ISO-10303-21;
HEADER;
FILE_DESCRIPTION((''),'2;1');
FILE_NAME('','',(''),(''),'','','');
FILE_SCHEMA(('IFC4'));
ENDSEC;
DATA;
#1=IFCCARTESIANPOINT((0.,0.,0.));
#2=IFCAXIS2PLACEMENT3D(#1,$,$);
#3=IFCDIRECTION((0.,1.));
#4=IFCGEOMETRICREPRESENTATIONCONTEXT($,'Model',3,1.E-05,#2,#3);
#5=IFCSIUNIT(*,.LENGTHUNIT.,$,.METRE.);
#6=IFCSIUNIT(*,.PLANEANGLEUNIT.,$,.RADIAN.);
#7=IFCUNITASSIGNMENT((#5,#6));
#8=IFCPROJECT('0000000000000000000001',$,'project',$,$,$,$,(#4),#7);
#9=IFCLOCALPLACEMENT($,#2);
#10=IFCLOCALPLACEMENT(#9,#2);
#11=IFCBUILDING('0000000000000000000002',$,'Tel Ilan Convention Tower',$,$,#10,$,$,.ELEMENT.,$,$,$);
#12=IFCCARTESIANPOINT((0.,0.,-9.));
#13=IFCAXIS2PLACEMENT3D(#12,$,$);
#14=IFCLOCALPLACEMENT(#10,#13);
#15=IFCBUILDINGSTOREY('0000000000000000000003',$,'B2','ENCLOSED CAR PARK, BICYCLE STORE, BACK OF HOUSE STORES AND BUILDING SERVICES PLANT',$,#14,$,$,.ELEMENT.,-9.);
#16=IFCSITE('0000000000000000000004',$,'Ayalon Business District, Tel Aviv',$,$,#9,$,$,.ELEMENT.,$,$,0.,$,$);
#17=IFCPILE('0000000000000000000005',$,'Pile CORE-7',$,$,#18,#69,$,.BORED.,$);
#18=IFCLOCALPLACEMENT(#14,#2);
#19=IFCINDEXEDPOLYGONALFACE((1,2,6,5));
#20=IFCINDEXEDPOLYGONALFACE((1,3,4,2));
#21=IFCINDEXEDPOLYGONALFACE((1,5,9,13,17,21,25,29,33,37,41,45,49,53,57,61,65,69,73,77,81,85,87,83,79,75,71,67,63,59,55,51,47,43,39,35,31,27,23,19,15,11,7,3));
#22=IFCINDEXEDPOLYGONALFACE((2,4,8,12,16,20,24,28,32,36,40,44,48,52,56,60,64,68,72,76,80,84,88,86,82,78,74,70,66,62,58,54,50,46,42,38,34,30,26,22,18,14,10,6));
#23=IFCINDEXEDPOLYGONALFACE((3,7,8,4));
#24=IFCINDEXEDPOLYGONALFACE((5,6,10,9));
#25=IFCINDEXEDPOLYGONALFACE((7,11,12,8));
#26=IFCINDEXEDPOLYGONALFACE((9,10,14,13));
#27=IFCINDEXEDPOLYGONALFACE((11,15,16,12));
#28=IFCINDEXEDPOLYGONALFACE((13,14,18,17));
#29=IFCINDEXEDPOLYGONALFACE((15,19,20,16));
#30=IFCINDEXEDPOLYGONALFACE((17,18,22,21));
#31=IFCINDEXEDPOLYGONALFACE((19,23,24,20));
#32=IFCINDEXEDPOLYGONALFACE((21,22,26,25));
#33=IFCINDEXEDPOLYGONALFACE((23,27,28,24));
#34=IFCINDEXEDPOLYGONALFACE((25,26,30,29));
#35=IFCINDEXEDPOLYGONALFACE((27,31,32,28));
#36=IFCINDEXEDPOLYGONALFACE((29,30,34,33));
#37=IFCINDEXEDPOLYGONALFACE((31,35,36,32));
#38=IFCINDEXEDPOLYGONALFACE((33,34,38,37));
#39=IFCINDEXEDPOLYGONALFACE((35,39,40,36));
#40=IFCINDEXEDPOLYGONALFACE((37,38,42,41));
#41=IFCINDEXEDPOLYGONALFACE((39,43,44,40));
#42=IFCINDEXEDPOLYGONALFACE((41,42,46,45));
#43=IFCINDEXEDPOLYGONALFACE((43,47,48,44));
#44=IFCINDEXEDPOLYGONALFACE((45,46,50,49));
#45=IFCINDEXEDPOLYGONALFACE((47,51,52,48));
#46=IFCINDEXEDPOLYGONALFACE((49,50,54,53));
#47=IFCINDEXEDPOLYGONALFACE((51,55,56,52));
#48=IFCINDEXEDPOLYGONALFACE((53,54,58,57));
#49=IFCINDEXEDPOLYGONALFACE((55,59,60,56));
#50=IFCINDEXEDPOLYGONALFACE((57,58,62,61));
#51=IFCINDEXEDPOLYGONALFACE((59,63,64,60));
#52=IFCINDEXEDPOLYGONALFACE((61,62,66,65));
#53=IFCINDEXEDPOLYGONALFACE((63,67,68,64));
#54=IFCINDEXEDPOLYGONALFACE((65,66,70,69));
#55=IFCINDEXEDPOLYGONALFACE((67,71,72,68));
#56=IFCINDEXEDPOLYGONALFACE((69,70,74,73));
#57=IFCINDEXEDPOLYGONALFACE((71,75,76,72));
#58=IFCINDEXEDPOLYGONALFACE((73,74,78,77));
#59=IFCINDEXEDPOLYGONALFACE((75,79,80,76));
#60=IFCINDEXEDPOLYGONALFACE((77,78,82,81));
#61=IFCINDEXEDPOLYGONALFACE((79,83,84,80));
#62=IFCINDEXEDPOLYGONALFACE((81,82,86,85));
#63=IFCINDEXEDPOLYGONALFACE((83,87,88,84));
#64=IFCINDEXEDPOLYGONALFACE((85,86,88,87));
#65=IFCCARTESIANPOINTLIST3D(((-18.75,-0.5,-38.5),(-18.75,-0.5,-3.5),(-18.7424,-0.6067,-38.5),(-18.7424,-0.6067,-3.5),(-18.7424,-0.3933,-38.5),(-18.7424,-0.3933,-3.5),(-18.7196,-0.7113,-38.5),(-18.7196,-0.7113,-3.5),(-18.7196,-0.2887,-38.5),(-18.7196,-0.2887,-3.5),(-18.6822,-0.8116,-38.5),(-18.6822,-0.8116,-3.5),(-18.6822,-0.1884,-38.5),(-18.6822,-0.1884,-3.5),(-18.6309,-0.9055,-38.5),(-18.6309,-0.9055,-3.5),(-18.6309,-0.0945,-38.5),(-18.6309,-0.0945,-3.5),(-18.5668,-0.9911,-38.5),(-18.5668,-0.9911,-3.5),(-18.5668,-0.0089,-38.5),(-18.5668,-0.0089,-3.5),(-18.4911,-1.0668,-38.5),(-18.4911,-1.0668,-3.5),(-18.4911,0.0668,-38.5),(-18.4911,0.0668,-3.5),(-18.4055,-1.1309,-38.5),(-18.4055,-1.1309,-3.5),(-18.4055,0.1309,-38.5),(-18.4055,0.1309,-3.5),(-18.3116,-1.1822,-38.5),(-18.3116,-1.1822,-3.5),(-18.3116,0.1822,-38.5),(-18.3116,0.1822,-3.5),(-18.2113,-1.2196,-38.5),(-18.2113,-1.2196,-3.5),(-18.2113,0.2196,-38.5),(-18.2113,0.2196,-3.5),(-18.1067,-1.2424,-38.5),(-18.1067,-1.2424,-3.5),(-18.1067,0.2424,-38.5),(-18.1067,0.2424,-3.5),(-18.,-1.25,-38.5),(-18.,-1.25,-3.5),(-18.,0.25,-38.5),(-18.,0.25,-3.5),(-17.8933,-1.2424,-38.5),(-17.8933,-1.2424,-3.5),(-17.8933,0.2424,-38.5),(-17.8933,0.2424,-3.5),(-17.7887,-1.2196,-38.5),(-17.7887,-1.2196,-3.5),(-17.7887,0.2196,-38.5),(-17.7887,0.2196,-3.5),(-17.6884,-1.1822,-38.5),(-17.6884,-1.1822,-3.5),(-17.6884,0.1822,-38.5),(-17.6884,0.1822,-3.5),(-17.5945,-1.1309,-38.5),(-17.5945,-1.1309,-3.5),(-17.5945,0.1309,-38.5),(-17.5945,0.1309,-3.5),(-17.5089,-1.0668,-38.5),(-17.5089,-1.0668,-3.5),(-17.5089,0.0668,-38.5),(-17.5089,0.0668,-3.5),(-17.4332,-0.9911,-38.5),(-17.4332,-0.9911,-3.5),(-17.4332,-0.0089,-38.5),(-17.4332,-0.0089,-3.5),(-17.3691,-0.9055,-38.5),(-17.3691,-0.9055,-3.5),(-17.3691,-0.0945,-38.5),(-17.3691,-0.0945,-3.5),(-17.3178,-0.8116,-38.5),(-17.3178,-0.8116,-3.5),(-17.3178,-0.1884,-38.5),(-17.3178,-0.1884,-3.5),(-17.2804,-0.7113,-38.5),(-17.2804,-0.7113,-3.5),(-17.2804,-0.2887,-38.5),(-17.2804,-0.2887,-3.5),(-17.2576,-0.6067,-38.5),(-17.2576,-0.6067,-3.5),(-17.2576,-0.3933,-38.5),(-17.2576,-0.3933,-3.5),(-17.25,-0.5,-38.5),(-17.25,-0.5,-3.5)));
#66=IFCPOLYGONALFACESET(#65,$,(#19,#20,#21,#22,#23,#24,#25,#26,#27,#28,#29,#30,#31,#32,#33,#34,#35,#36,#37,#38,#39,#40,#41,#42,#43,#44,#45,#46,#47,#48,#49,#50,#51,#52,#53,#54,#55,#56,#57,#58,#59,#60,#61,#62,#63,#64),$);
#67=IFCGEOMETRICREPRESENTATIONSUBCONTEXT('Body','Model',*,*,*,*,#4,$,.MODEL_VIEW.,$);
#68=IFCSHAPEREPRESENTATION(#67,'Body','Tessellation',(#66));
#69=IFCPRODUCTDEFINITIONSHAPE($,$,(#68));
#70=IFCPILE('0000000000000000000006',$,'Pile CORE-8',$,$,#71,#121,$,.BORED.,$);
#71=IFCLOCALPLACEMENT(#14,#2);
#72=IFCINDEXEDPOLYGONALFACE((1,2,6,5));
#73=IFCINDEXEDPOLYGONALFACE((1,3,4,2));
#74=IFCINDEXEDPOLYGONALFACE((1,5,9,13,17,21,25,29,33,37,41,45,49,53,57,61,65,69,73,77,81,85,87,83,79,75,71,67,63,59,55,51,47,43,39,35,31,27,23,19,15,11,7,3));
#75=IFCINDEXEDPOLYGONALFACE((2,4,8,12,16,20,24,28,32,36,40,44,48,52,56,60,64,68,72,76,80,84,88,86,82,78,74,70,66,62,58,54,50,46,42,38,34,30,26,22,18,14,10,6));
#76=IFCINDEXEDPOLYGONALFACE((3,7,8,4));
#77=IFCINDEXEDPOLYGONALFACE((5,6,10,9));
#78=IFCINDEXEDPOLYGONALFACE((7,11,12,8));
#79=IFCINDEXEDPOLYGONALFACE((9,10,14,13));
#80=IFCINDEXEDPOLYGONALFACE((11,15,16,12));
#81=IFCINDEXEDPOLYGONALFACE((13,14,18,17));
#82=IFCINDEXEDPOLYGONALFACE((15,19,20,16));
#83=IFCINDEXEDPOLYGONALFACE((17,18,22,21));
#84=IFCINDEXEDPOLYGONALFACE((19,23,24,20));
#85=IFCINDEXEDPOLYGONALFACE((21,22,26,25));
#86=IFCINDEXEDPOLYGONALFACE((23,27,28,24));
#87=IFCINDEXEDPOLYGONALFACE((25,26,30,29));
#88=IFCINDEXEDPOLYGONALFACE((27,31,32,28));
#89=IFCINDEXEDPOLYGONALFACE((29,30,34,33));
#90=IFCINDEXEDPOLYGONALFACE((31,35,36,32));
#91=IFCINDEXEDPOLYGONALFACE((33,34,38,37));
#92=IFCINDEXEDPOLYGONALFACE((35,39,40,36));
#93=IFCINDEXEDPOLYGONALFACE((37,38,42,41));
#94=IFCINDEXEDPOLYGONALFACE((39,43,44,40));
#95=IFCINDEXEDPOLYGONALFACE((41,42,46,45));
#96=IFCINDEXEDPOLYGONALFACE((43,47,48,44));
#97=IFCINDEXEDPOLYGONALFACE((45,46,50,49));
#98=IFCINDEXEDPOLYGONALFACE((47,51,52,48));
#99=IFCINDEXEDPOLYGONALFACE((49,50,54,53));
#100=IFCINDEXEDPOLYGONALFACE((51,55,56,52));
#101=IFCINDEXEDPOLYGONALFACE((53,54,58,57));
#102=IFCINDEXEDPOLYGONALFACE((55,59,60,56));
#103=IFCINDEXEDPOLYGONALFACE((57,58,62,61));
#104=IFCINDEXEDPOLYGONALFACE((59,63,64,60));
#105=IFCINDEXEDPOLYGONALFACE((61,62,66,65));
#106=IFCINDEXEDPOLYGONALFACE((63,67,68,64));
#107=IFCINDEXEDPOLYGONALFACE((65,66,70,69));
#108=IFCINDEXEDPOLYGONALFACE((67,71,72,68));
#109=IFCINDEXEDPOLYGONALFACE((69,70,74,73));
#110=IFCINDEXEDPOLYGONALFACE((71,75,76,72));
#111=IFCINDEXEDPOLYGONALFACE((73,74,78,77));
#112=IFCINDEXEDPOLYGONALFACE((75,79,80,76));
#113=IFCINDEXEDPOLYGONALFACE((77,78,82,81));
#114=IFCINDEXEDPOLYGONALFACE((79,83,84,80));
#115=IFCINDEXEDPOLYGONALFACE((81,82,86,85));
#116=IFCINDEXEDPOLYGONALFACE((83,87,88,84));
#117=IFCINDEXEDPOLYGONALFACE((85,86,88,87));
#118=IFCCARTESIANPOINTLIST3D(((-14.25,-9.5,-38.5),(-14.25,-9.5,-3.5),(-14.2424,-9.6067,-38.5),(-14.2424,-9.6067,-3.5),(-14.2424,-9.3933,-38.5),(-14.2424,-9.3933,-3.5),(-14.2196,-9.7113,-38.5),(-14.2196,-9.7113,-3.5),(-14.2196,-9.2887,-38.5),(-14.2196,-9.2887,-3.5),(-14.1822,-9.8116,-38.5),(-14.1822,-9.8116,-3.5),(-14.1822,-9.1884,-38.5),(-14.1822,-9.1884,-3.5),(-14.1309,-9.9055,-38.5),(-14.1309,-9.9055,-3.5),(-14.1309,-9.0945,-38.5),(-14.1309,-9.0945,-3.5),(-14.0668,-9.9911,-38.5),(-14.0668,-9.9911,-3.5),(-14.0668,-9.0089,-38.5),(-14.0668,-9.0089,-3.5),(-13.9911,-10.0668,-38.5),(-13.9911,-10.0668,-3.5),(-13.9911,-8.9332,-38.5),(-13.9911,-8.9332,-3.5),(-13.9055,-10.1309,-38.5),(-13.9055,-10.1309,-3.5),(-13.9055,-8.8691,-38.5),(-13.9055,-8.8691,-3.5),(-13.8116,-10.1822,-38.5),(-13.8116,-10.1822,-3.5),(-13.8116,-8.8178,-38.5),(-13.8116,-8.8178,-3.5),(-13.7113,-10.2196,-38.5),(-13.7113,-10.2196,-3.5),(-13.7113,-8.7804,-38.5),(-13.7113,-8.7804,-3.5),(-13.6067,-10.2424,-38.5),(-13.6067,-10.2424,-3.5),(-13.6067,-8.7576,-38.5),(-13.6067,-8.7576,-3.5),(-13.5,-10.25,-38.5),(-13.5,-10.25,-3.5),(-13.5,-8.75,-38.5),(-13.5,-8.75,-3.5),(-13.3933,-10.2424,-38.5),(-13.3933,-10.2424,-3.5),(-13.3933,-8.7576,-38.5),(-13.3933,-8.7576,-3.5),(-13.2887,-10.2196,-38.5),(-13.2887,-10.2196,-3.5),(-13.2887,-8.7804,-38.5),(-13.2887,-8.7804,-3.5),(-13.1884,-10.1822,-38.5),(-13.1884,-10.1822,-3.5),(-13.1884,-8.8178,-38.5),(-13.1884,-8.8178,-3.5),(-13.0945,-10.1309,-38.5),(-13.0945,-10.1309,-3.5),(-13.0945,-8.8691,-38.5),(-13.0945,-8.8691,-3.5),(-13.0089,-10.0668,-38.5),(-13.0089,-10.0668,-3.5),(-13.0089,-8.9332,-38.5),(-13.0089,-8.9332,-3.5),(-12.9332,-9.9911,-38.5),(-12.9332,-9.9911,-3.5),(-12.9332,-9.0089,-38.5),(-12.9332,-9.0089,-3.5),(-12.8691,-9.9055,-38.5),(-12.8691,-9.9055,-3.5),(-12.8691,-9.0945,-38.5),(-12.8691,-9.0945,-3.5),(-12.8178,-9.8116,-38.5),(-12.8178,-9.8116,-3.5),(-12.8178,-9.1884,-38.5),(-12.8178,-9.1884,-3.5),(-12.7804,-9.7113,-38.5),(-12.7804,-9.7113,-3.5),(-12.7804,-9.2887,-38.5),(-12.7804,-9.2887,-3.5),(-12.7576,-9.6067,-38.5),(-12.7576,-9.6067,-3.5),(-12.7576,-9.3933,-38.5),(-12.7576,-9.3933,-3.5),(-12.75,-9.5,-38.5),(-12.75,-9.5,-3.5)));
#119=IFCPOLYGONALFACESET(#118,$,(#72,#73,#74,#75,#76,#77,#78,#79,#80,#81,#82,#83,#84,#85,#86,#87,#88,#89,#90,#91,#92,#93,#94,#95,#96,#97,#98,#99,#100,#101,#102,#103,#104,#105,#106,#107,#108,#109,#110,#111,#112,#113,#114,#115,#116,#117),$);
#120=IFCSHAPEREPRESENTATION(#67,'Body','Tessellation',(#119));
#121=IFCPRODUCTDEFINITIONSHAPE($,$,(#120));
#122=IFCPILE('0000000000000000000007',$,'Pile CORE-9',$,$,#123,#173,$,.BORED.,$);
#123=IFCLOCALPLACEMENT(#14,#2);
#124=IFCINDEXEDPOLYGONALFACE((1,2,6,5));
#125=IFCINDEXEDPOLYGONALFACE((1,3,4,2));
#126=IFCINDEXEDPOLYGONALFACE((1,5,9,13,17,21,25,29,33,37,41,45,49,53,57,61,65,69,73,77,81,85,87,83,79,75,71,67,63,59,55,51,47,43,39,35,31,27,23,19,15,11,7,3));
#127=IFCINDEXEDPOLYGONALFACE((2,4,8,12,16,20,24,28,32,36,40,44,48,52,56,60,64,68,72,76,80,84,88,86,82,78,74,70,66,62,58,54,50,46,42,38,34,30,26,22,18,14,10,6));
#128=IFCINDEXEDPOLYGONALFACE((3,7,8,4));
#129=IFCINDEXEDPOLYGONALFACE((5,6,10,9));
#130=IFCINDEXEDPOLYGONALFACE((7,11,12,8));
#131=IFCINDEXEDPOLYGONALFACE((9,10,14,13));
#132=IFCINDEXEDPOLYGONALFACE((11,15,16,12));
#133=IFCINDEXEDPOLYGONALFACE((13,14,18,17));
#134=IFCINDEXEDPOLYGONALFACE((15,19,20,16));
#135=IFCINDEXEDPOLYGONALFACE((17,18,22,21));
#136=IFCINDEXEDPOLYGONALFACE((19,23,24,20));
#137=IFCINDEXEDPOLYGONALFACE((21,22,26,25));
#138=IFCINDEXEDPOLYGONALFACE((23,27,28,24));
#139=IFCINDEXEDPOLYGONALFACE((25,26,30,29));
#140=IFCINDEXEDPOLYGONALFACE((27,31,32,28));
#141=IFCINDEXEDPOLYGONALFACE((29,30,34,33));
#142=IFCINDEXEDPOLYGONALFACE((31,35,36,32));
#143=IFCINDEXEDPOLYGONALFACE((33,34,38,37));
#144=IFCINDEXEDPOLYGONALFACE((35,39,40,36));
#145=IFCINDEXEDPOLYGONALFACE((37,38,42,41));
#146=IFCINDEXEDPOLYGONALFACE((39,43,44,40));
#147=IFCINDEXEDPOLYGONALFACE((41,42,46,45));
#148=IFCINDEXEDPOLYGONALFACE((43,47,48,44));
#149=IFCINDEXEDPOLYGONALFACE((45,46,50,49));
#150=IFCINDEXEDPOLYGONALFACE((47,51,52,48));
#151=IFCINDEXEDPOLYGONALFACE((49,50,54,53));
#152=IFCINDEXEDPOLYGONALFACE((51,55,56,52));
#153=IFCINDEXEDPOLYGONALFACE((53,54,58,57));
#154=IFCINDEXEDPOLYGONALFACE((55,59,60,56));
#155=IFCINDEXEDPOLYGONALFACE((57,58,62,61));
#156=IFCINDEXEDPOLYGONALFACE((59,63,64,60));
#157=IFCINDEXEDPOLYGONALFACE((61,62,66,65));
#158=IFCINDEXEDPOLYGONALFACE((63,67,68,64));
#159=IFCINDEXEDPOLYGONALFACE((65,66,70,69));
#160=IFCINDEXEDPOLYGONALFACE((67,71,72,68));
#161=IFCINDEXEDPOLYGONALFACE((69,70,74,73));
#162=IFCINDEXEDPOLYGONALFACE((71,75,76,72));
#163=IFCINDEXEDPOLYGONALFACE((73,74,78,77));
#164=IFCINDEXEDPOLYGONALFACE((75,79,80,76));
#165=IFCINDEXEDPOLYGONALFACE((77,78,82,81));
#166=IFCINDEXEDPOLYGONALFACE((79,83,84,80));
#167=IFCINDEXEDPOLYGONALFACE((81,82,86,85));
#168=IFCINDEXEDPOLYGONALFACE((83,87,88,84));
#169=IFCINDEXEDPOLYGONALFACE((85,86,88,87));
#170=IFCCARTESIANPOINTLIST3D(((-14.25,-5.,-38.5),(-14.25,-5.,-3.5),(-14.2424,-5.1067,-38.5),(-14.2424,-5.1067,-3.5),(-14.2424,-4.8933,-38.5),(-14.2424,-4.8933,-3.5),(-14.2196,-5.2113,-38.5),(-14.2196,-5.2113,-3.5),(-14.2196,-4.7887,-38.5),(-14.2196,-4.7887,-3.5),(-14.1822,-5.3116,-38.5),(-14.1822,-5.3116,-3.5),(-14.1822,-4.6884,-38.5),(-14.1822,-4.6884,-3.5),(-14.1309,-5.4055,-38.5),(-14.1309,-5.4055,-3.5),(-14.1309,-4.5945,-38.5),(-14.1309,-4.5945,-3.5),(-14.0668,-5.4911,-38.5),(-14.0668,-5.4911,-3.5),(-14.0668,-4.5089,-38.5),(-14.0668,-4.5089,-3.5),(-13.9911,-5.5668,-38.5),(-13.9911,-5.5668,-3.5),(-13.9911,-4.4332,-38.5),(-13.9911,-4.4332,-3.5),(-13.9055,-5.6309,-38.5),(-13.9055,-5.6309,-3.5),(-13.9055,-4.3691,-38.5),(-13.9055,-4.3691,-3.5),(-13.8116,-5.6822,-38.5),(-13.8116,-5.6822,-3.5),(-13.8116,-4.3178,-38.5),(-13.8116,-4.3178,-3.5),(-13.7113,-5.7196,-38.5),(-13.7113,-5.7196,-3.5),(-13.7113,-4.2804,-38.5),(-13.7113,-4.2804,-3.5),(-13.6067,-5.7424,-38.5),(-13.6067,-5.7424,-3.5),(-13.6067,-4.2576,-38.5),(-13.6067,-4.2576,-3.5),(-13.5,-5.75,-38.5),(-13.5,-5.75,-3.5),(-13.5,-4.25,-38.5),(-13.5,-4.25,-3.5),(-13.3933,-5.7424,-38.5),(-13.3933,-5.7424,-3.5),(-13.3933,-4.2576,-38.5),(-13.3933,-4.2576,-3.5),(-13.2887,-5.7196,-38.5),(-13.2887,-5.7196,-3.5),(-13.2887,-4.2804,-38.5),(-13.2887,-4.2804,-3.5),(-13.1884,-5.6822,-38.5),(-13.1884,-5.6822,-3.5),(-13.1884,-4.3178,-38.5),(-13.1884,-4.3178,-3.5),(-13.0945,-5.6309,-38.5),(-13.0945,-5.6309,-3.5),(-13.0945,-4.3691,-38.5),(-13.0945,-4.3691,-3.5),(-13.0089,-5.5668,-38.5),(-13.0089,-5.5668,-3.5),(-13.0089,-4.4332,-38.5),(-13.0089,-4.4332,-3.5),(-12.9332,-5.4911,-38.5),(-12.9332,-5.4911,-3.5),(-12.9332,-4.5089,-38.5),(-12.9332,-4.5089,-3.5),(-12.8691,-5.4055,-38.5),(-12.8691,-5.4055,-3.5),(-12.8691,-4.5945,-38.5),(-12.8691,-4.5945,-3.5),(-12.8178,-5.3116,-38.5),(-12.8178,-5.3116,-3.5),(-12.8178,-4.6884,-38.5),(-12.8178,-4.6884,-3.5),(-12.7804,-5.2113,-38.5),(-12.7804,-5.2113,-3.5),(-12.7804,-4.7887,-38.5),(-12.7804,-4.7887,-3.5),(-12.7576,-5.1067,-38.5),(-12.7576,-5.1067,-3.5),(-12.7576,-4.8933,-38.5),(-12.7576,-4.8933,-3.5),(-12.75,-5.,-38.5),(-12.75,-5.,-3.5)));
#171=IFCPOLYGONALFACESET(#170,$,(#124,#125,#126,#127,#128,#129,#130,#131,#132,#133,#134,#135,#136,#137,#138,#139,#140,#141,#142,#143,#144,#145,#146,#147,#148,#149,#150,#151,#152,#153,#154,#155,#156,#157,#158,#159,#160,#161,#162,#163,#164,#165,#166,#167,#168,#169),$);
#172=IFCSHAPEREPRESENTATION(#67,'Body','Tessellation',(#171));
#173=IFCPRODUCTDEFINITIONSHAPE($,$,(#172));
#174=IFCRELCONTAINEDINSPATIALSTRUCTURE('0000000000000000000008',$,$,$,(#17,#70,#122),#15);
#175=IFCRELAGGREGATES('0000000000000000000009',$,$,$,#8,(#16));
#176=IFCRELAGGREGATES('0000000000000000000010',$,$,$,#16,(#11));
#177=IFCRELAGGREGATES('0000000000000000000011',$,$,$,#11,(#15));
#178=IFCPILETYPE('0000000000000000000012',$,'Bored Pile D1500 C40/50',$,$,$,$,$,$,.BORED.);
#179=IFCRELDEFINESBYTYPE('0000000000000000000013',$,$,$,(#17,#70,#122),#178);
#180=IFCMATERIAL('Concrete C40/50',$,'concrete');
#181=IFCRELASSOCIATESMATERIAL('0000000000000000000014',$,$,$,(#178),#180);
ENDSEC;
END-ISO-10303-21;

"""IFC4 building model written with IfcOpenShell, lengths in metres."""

from ifc_helpers import new_model, si_unit, direction, frame, origin, origin_2d, place, context, subcontext, project, spatial, circle, extrude, material, material_profile, profile_set, type_object, element, save


model = new_model("IFC4")

# Units and contexts
model_context = context("Model", 3, precision=1e-05, world=origin(), true_north=direction((0.0, 1.0)))
body_context = subcontext(model_context, "Body", "Model", "MODEL_VIEW")
ifc_project = project(units=[si_unit("LENGTHUNIT", "METRE"), si_unit("PLANEANGLEUNIT", "RADIAN")], contexts=[model_context])

# Site, building, storey
site_placement = place(None, origin())
site = spatial("IfcSite", under=ifc_project, at=site_placement, Name="Ayalon Business District, Tel Aviv", CompositionType="ELEMENT", RefElevation=0.0)
building_placement = place(site_placement, origin())
building = spatial("IfcBuilding", under=site, at=building_placement, Name="Tel Ilan Convention Tower", CompositionType="ELEMENT")
storey_placement = place(building_placement, frame((0.0, 0.0, -9.0)))
storey = spatial("IfcBuildingStorey", under=building, at=storey_placement, Name="B2", Description="ENCLOSED CAR PARK, BICYCLE STORE, BACK OF HOUSE STORES AND BUILDING SERVICES PLANT", CompositionType="ELEMENT", Elevation=-9.0)

# Piles
ifc_material_1 = material(Name="Concrete C40/50", Category="concrete")
ifc_material_profile_1 = material_profile(ifc_material_1, circle(Radius=0.75, at=origin_2d()), Name="BORED D1500")
ifc_profile_set_1 = profile_set([ifc_material_profile_1], Name="Concrete C40/50")
pile_type = type_object("IfcPileType", Name="Bored Pile D1500 C40/50", PredefinedType="BORED", material=ifc_profile_set_1)
for number, where, z_axis, x_axis, name in (
    (1, (-18.0, -0.5, -3.5), (0.0, 0.0, -1.0), (1.0, 0.0, 0.0), "Pile CORE-7"),
    (2, (-13.5, -9.5, -3.5), (0.0, 0.0, -1.0), (1.0, 0.0, 0.0), "Pile CORE-8"),
    (3, (-13.5, -5.0, -3.5), (0.0, 0.0, -1.0), (1.0, 0.0, 0.0), "Pile CORE-9"),
):
    element("IfcPile", number, at=place(storey_placement, frame(where, z_axis=z_axis, x_axis=x_axis)), inside=storey, type_object=pile_type, Name=name, PredefinedType="BORED", context=body_context, shape_type="SweptSolid", body=[
        extrude(circle(Radius=0.75, at=origin_2d()), origin(), (0.0, 0.0, 1.0), 35.0),
    ])

save(model, "model.ifc")
